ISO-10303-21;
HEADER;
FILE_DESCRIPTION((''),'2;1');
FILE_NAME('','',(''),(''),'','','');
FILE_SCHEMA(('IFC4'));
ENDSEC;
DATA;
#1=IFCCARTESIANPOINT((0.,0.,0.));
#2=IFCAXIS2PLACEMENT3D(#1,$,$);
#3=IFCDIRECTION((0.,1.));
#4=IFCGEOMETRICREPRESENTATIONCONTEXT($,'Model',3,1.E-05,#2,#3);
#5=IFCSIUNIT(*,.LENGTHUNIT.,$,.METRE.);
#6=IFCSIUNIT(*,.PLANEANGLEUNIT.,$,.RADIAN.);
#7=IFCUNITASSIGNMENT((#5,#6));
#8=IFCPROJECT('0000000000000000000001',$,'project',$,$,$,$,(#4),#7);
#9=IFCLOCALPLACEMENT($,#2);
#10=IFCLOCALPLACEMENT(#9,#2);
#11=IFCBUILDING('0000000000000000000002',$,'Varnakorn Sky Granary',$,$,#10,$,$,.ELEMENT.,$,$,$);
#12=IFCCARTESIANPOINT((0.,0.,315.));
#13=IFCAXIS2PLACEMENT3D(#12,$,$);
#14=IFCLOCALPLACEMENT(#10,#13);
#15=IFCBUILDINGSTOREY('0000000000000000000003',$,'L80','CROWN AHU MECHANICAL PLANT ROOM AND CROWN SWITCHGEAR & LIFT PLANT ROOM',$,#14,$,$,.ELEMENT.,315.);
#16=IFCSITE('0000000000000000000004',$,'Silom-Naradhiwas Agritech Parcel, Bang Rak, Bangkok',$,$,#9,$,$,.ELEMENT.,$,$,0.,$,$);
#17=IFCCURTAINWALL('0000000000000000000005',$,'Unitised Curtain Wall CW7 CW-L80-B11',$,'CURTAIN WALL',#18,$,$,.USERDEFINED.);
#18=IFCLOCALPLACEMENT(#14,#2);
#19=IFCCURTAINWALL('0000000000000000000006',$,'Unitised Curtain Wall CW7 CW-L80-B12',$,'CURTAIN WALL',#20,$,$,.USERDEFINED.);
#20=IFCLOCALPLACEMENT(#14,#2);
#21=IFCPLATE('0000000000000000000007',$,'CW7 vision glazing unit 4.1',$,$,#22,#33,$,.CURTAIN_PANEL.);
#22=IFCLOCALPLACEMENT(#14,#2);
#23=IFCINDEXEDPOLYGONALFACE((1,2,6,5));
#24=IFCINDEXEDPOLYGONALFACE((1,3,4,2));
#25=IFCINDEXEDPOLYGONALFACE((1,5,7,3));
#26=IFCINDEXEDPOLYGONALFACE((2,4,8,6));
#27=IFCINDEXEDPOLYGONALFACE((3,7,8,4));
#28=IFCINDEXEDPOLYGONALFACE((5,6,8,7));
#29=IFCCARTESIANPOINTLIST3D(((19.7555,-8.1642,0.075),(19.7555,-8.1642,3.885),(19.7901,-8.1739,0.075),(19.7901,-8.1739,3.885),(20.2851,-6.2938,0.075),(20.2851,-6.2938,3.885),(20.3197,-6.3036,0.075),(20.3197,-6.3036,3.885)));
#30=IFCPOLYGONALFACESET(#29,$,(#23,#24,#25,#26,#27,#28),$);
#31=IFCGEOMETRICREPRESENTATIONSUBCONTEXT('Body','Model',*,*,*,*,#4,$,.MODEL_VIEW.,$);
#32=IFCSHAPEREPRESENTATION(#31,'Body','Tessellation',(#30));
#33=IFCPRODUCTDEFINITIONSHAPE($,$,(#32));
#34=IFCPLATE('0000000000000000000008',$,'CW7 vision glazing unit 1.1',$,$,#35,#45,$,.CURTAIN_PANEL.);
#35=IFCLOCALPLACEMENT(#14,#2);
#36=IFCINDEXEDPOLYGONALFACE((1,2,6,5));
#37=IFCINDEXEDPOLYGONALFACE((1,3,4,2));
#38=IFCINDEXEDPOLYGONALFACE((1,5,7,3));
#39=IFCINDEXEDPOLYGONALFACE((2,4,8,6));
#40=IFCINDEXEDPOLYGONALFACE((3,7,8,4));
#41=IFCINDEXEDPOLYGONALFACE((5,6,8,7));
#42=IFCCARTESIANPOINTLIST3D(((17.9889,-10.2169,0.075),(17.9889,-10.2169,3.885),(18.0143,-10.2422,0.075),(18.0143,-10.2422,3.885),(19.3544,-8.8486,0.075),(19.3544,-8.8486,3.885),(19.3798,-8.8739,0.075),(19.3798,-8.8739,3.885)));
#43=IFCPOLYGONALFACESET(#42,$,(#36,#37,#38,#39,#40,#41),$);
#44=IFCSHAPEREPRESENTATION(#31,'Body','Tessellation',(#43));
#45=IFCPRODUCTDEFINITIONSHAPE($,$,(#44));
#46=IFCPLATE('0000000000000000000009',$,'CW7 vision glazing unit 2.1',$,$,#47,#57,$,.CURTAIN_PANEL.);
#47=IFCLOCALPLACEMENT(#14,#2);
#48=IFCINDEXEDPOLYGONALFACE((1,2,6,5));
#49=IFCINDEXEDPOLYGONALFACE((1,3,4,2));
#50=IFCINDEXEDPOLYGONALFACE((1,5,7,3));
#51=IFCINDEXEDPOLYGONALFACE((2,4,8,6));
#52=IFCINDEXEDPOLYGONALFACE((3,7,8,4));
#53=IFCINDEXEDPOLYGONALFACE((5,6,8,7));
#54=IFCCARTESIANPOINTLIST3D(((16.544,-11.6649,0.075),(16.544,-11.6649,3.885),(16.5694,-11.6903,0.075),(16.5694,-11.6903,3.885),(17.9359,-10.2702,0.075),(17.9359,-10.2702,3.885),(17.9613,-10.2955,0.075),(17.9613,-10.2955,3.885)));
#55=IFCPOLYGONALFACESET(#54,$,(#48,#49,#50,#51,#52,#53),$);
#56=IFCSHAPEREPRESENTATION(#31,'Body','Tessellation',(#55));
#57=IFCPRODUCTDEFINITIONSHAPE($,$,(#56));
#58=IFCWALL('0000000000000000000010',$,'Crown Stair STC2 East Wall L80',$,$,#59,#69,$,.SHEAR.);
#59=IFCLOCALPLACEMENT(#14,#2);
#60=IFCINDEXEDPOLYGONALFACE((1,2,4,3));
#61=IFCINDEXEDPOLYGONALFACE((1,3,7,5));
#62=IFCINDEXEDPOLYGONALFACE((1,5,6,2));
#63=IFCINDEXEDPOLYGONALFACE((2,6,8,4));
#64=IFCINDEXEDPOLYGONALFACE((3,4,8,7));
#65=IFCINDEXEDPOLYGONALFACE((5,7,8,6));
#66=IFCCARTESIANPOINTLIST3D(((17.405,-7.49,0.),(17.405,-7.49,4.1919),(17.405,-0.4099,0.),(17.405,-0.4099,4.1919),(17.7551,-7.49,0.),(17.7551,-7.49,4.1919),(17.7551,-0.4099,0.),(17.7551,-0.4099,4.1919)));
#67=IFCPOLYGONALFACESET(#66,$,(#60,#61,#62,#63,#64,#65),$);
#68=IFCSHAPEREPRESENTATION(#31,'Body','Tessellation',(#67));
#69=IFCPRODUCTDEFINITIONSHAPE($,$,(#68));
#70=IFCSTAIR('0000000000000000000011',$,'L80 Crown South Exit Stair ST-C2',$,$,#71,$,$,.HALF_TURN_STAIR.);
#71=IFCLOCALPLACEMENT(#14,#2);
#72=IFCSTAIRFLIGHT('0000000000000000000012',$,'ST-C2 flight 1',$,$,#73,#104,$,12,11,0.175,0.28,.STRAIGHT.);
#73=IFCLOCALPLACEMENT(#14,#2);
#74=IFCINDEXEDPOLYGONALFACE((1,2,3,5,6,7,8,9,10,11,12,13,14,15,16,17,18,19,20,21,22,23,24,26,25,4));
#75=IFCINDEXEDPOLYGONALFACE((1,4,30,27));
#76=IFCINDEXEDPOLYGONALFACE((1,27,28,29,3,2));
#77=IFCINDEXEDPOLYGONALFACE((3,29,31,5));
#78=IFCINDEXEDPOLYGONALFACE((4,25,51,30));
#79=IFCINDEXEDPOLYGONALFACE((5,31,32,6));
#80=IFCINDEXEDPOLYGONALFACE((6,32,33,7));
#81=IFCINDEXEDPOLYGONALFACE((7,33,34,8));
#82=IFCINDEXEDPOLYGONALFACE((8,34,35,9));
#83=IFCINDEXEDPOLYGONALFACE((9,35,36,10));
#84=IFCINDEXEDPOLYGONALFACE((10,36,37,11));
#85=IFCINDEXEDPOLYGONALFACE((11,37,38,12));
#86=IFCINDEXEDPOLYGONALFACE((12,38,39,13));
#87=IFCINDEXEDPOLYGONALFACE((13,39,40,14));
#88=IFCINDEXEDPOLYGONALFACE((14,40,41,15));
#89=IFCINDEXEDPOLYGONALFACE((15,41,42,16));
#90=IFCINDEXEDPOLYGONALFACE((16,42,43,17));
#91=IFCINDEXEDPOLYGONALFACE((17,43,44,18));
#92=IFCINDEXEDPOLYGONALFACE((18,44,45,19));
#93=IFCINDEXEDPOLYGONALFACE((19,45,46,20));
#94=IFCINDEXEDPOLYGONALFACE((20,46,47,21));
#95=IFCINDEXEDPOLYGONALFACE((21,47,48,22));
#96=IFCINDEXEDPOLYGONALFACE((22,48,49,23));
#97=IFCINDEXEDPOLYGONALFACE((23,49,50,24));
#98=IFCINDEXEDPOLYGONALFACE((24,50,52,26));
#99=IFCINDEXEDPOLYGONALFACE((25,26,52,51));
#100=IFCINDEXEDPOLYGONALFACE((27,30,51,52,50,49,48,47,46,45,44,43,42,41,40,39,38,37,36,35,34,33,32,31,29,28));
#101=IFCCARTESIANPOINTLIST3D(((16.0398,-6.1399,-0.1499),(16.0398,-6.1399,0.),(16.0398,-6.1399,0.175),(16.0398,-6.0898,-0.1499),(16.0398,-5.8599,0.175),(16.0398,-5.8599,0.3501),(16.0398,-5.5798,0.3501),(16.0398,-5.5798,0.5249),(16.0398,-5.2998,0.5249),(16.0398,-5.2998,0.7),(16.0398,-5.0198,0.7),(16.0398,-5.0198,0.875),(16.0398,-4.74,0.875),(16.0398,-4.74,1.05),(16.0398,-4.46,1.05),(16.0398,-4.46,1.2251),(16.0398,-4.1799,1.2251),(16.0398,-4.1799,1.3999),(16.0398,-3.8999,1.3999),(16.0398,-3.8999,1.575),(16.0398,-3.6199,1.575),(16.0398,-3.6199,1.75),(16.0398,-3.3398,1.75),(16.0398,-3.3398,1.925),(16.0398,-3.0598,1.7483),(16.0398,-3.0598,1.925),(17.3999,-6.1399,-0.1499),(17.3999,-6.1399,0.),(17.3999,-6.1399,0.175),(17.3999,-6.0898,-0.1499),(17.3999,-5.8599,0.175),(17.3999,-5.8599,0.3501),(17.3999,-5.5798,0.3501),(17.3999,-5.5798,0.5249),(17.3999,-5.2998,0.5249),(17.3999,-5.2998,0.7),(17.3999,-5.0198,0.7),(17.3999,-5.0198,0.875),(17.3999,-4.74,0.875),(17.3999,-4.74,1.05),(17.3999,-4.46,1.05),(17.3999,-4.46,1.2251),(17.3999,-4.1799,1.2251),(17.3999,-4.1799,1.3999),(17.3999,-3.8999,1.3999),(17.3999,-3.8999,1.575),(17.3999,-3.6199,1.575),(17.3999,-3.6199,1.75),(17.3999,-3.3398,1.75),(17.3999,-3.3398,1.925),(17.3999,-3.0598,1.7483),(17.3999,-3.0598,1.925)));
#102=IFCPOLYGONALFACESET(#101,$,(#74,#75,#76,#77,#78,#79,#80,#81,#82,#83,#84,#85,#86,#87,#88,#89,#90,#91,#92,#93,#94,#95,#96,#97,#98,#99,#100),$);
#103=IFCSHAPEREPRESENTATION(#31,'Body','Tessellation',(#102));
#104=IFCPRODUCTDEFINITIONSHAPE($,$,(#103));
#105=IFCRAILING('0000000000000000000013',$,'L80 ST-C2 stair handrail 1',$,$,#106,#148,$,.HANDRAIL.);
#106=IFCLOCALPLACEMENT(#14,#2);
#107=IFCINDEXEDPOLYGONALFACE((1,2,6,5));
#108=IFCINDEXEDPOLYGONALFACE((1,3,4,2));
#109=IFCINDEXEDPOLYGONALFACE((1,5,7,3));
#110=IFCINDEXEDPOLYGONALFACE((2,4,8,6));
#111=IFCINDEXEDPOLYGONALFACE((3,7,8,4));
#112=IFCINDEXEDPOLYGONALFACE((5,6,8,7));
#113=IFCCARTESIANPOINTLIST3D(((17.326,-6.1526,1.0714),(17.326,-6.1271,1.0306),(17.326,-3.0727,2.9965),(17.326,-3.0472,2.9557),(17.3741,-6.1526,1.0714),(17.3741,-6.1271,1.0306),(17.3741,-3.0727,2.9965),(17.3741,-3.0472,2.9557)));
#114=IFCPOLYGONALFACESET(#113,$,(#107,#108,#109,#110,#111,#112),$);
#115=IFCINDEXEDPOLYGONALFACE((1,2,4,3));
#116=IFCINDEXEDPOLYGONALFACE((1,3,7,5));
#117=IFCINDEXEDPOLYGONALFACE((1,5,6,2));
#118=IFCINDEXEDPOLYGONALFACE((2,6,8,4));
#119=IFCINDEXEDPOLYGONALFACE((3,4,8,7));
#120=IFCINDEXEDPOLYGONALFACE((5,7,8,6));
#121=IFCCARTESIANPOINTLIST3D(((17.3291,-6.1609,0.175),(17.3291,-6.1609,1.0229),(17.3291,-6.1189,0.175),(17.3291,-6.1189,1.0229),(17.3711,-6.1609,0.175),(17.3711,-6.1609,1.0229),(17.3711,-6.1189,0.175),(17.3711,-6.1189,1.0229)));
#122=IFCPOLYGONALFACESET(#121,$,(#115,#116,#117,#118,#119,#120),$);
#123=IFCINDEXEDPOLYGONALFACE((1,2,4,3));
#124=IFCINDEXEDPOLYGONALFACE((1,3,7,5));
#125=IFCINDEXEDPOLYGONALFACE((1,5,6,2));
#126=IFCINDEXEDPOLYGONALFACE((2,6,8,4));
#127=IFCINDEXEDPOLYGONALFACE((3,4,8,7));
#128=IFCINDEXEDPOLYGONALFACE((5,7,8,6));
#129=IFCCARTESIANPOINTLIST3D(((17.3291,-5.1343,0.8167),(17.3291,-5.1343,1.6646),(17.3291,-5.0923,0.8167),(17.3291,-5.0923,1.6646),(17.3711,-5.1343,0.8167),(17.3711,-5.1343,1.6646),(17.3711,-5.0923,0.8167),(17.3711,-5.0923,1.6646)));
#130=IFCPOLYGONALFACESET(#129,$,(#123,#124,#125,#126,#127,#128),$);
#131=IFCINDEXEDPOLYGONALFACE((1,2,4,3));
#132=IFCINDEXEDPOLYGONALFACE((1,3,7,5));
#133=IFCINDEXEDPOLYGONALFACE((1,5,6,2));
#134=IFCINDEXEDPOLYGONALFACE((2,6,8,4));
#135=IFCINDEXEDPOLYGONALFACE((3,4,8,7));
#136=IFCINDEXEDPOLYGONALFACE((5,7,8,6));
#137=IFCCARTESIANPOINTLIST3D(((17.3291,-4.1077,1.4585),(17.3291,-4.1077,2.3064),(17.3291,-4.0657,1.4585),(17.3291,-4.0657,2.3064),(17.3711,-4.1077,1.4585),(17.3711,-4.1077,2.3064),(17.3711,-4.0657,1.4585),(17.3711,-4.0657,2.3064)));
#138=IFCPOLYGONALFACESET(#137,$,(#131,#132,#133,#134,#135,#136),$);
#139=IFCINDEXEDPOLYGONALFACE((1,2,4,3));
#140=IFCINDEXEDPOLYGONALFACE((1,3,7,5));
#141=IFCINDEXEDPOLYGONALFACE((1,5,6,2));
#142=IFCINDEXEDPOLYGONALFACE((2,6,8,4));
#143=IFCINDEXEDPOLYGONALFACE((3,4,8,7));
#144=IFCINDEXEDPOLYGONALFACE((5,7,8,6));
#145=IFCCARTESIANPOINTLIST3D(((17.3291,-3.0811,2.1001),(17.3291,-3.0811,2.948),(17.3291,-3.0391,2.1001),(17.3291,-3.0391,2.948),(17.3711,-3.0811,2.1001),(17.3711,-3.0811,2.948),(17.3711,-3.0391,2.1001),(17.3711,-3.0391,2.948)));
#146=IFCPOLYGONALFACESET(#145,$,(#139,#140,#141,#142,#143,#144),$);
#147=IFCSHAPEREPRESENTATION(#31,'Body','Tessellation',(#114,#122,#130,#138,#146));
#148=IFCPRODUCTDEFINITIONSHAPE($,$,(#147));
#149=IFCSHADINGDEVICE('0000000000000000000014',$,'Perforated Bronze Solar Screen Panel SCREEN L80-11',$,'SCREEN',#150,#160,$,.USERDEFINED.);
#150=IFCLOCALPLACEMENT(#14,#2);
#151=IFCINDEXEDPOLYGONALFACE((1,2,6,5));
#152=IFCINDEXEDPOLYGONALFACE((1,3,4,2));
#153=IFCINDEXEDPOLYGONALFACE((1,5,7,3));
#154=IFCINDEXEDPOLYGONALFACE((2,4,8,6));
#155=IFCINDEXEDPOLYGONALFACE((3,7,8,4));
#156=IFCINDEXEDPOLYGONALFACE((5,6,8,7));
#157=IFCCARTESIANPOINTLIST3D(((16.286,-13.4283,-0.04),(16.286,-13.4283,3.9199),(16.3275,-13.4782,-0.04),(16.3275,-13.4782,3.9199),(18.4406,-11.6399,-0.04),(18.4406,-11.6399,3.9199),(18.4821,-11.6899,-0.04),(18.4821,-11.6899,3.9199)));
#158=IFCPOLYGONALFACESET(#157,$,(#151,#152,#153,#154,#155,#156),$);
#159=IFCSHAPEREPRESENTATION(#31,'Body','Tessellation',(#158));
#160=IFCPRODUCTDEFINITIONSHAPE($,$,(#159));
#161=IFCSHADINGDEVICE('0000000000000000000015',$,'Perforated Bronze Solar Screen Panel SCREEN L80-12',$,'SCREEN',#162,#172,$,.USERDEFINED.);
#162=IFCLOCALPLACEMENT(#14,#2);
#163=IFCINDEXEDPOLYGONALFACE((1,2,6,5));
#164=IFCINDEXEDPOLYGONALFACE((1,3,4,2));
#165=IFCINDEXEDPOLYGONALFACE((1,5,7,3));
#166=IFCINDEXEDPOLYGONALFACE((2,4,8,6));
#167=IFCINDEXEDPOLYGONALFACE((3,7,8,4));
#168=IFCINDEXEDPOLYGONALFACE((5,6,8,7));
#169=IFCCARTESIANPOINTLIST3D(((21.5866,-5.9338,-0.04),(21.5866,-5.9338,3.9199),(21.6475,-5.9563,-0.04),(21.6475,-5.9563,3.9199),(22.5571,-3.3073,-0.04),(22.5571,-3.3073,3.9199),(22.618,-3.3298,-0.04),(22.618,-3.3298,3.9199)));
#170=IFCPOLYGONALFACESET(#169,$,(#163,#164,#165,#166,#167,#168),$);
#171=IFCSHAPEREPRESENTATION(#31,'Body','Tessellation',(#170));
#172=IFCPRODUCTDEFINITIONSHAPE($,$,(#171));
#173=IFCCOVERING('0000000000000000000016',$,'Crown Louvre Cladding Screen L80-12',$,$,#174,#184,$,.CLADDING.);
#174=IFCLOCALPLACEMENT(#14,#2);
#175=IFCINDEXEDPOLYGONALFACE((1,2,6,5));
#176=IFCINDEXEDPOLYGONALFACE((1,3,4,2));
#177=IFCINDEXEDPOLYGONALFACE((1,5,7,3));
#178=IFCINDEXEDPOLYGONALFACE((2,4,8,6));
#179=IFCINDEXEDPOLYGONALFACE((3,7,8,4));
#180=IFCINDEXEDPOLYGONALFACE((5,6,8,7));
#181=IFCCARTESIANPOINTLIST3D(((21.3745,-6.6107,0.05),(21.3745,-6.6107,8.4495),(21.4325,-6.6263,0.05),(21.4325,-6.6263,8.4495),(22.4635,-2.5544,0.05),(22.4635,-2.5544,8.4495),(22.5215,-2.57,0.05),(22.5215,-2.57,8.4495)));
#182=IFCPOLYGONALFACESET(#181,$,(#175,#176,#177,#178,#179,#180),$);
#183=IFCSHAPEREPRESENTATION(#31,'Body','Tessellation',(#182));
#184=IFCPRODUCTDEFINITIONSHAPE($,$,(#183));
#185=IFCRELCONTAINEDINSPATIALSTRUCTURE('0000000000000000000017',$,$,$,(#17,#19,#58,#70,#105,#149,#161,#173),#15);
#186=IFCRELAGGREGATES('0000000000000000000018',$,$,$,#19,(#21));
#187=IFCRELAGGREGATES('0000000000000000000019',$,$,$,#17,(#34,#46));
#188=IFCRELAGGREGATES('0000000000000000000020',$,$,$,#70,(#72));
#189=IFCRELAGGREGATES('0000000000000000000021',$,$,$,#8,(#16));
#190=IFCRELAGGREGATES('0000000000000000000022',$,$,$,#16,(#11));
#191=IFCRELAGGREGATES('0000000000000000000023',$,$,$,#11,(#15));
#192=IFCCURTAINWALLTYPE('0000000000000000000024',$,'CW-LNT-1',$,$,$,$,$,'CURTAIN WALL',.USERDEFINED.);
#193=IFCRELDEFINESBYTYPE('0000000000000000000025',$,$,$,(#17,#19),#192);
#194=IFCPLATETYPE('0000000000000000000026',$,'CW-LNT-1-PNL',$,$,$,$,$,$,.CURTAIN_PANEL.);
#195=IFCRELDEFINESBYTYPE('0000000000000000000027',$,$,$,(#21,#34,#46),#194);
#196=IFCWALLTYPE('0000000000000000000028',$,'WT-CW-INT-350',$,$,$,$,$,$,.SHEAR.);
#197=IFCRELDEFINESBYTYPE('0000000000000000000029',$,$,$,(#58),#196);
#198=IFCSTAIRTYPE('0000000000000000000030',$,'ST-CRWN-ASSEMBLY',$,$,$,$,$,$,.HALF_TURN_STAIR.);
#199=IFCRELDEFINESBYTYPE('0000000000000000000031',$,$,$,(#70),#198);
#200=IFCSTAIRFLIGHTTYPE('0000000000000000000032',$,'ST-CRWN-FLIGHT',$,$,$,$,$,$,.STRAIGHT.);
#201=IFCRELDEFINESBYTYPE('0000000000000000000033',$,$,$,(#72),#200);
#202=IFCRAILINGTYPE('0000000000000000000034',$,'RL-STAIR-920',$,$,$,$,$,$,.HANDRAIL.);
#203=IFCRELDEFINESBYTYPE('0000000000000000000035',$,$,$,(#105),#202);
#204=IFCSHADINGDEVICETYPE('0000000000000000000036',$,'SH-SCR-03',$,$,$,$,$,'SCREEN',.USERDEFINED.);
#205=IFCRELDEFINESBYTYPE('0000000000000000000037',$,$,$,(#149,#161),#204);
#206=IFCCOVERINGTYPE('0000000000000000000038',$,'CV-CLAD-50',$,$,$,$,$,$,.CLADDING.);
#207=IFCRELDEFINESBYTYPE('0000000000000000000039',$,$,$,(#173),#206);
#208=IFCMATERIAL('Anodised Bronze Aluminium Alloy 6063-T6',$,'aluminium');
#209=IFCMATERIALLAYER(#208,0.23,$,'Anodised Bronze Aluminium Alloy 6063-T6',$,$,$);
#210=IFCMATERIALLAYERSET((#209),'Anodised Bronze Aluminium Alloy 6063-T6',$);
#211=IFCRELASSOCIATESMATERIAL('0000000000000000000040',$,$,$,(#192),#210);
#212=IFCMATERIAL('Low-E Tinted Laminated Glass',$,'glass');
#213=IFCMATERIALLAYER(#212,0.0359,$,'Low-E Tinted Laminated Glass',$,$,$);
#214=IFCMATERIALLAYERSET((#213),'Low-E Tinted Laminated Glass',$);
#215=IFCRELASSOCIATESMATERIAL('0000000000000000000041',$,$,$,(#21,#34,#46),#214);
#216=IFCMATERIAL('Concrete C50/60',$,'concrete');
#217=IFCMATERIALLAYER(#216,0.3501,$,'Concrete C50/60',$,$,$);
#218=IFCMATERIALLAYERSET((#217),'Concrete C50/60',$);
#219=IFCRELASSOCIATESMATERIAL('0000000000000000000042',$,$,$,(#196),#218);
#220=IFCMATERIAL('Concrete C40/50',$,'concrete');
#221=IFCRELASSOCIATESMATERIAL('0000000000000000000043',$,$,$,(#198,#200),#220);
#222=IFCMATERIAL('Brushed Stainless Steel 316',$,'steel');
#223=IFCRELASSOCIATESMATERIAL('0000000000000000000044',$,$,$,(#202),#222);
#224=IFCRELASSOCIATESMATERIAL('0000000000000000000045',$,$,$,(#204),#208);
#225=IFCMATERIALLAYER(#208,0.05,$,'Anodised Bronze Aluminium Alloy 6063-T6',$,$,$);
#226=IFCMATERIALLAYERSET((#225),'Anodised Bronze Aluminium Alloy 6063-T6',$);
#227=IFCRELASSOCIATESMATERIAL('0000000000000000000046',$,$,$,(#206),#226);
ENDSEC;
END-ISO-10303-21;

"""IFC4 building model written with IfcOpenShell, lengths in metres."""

from ifc_helpers import new_model, si_unit, direction, frame, frame_2d, origin, origin_2d, place, context, subcontext, project, spatial, polyline, rectangle, outline, extrude, source, transform, mapped, material, layer, layer_set, type_object, type_shapes, element, aggregate, save


model = new_model("IFC4")

# Units and contexts
model_context = context("Model", 3, precision=1e-05, world=origin(), true_north=direction((0.0, 1.0)))
body_context = subcontext(model_context, "Body", "Model", "MODEL_VIEW")
ifc_project = project(units=[si_unit("LENGTHUNIT", "METRE"), si_unit("PLANEANGLEUNIT", "RADIAN")], contexts=[model_context])

# Site, building, storey
site_placement = place(None, origin())
site = spatial("IfcSite", under=ifc_project, at=site_placement, Name="Silom-Naradhiwas Agritech Parcel, Bang Rak, Bangkok", CompositionType="ELEMENT", RefElevation=0.0)
building_placement = place(site_placement, origin())
building = spatial("IfcBuilding", under=site, at=building_placement, Name="Varnakorn Sky Granary", CompositionType="ELEMENT")
storey_placement = place(building_placement, frame((0.0, 0.0, 315.0)))
storey = spatial("IfcBuildingStorey", under=building, at=storey_placement, Name="L80", Description="CROWN AHU MECHANICAL PLANT ROOM AND CROWN SWITCHGEAR & LIFT PLANT ROOM", CompositionType="ELEMENT", Elevation=315.0)

# Curtain walls
ifc_material_1 = material(Name="Anodised Bronze Aluminium Alloy 6063-T6", Category="aluminium")
ifc_layer_1 = layer(ifc_material_1, 0.23, Name="Anodised Bronze Aluminium Alloy 6063-T6")
ifc_layer_set_1 = layer_set([ifc_layer_1], Name="Anodised Bronze Aluminium Alloy 6063-T6")
curtain_wall_type = type_object("IfcCurtainWallType", Name="CW-LNT-1", ElementType="CURTAIN WALL", PredefinedType="USERDEFINED", material=ifc_layer_set_1)
curtain_wall_1_placement = place(storey_placement, origin())
curtain_wall_1 = element("IfcCurtainWall", 1, at=curtain_wall_1_placement, inside=storey, type_object=curtain_wall_type, Name="Unitised Curtain Wall CW7 CW-L80-B11", ObjectType="CURTAIN WALL", PredefinedType="USERDEFINED")
curtain_wall_2_placement = place(storey_placement, origin())
curtain_wall_2 = element("IfcCurtainWall", 2, at=curtain_wall_2_placement, inside=storey, type_object=curtain_wall_type, Name="Unitised Curtain Wall CW7 CW-L80-B12", ObjectType="CURTAIN WALL", PredefinedType="USERDEFINED")

# Plates
ifc_material_2 = material(Name="Low-E Tinted Laminated Glass", Category="glass")
ifc_layer_2 = layer(ifc_material_2, 0.0359, Name="Low-E Tinted Laminated Glass")
ifc_layer_set_2 = layer_set([ifc_layer_2], Name="Low-E Tinted Laminated Glass")
plate_type = type_object("IfcPlateType", Name="CW-LNT-1-PNL", PredefinedType="CURTAIN_PANEL")
shared_shape_1 = source(origin(), body_context, "Body", "SweptSolid", [
    extrude(rectangle(XDim=1.9438, YDim=0.0359, at=origin_2d()), origin(), (0.0, 0.0, 1.0), 3.8101),
])
plate_1_placement = place(storey_placement, frame((20.0376, -7.2339, 0.075), z_axis=(0.0, 0.0, 1.0), x_axis=(-0.272448, -0.96217, 0.0)))
plate_1 = element("IfcPlate", 3, at=plate_1_placement, type_object=plate_type, material=ifc_layer_set_2, Name="CW7 vision glazing unit 4.1", PredefinedType="CURTAIN_PANEL", context=body_context, shape_type="MappedRepresentation", body=[
    mapped(shared_shape_1, transform((0.0, 0.0, 0.0), x_axis=(1.0, 0.0, 0.0), y_axis=(0.0, 1.0, 0.0), z_axis=(0.0, 0.0, 1.0), scale=1.0)),
])
aggregate(curtain_wall_2, [plate_1])
shared_shape_2 = source(origin(), body_context, "Body", "SweptSolid", [
    extrude(rectangle(XDim=1.9331, YDim=0.0359, at=origin_2d()), origin(), (0.0, 0.0, 1.0), 3.8101),
])
plate_2_placement = place(storey_placement, frame((18.6843, -9.5454, 0.075), z_axis=(0.0, 0.0, 1.0), x_axis=(-0.706385, -0.707827, 0.0)))
plate_2 = element("IfcPlate", 4, at=plate_2_placement, type_object=plate_type, material=ifc_layer_set_2, Name="CW7 vision glazing unit 1.1", PredefinedType="CURTAIN_PANEL", context=body_context, shape_type="MappedRepresentation", body=[
    mapped(shared_shape_2, transform((0.0, 0.0, 0.0), x_axis=(1.0, 0.0, 0.0), y_axis=(0.0, 1.0, 0.0), z_axis=(0.0, 0.0, 1.0), scale=1.0)),
])
shared_shape_3 = source(origin(), body_context, "Body", "SweptSolid", [
    extrude(rectangle(XDim=1.9705, YDim=0.0359, at=origin_2d()), origin(), (0.0, 0.0, 1.0), 3.8101),
])
plate_3_placement = place(storey_placement, frame((17.2527, -10.9802, 0.075), z_axis=(0.0, 0.0, 1.0), x_axis=(-0.706385, -0.707827, 0.0)))
plate_3 = element("IfcPlate", 5, at=plate_3_placement, type_object=plate_type, material=ifc_layer_set_2, Name="CW7 vision glazing unit 2.1", PredefinedType="CURTAIN_PANEL", context=body_context, shape_type="MappedRepresentation", body=[
    mapped(shared_shape_3, transform((0.0, 0.0, 0.0), x_axis=(1.0, 0.0, 0.0), y_axis=(0.0, 1.0, 0.0), z_axis=(0.0, 0.0, 1.0), scale=1.0)),
])
aggregate(curtain_wall_1, [plate_2, plate_3])

# Wall
ifc_material_3 = material(Name="Concrete C50/60", Category="concrete")
ifc_layer_3 = layer(ifc_material_3, 0.3501, Name="Concrete C50/60")
ifc_layer_set_3 = layer_set([ifc_layer_3], Name="Concrete C50/60")
wall_type = type_object("IfcWallType", Name="WT-CW-INT-350", PredefinedType="SHEAR", material=ifc_layer_set_3)
wall_placement = place(storey_placement, frame((17.5801, -7.49, 0.0), z_axis=(0.0, 0.0, 1.0), x_axis=(0.0, 1.0, 0.0)))
element("IfcWall", 6, at=wall_placement, inside=storey, type_object=wall_type, Name="Crown Stair STC2 East Wall L80", PredefinedType="SHEAR", context=body_context, shape_type="SweptSolid", body=[
    extrude(rectangle(XDim=7.0801, YDim=0.3501, at=frame_2d((3.54, 0.0))), origin(), (0.0, 0.0, 1.0), 4.1919),
])

# Stair, stair flight
ifc_material_4 = material(Name="Concrete C40/50", Category="concrete")
stair_type = type_object("IfcStairType", Name="ST-CRWN-ASSEMBLY", PredefinedType="HALF_TURN_STAIR", material=ifc_material_4)
stair_placement = place(storey_placement, origin())
stair = element("IfcStair", 7, at=stair_placement, inside=storey, type_object=stair_type, Name="L80 Crown South Exit Stair ST-C2", PredefinedType="HALF_TURN_STAIR")
stair_flight_type = type_object("IfcStairFlightType", Name="ST-CRWN-FLIGHT", PredefinedType="STRAIGHT", material=ifc_material_4)
stair_flight_placement = place(storey_placement, frame((16.72, -6.1399, 0.0), z_axis=(0.0, 0.0, 1.0), x_axis=(0.0, 1.0, 0.0)))
stair_flight = element("IfcStairFlight", 8, at=stair_flight_placement, type_object=stair_flight_type, Name="ST-C2 flight 1", NumberOfRisers=12, NumberOfTreads=11, PredefinedType="STRAIGHT", RiserHeight=0.175, TreadLength=0.28, context=body_context, shape_type="SweptSolid", body=[
    extrude(outline(polyline([(0.0, -0.1499), (0.0, 0.0), (0.0, 0.175), (0.28, 0.175), (0.28, 0.3501), (0.5601, 0.3501), (0.5601, 0.5249), (0.8401, 0.5249), (0.8401, 0.7), (1.1201, 0.7), (1.1201, 0.875), (1.3999, 0.875), (1.3999, 1.05), (1.6799, 1.05), (1.6799, 1.2251), (1.96, 1.2251), (1.96, 1.3999), (2.24, 1.3999), (2.24, 1.575), (2.52, 1.575), (2.52, 1.75), (2.8, 1.75), (2.8, 1.925), (3.0801, 1.925), (3.0801, 2.1001), (3.0801, 1.7483), (0.05, -0.1499), (0.0, -0.1499)])), frame((0.0, 0.6802, 0.0), z_axis=(0.0, -1.0, 0.0), x_axis=(1.0, 0.0, 0.0)), (0.0, 0.0, 1.0), 1.3601),
])
aggregate(stair, [stair_flight])

# Railing
ifc_material_5 = material(Name="Brushed Stainless Steel 316", Category="steel")
railing_type_1 = type_object("IfcRailingType", Name="RL-STAIR-920", PredefinedType="HANDRAIL", material=ifc_material_5)
railing_1_placement = place(storey_placement, frame((17.3501, -6.1399, 0.175)))
element("IfcRailing", 9, at=railing_1_placement, inside=storey, type_object=railing_type_1, Name="L80 ST-C2 stair handrail 1", PredefinedType="HANDRAIL", context=body_context, shape_type="SweptSolid", body=[
    extrude(rectangle(XDim=0.0481, YDim=0.0481, at=origin_2d()), frame((0.0, 0.0, 0.876), z_axis=(0.0, 0.847979, 0.530029), x_axis=(-1.0, 0.0, 0.0)), (0.0, 0.0, 1.0), 3.6321),
    extrude(rectangle(XDim=0.042, YDim=0.042, at=origin_2d()), origin(), (0.0, 0.0, 1.0), 0.8479),
    extrude(rectangle(XDim=0.042, YDim=0.042, at=origin_2d()), frame((0.0, 1.0266, 0.6416)), (0.0, 0.0, 1.0), 0.8479),
    extrude(rectangle(XDim=0.042, YDim=0.042, at=origin_2d()), frame((0.0, 2.0532, 1.2834)), (0.0, 0.0, 1.0), 0.8479),
    extrude(rectangle(XDim=0.042, YDim=0.042, at=origin_2d()), frame((0.0, 3.0798, 1.925)), (0.0, 0.0, 1.0), 0.8479),
])

# Shading devices
shading_device_type = type_object("IfcShadingDeviceType", Name="SH-SCR-03", ElementType="SCREEN", PredefinedType="USERDEFINED", material=ifc_material_1)
shared_shape_4 = source(origin(), body_context, "Body", "SweptSolid", [
    extrude(rectangle(XDim=2.8, YDim=0.0649, at=origin_2d()), origin(), (0.0, 0.0, 1.0), 3.96),
])
type_shapes(shading_device_type, [shared_shape_4])
for number, where, z_axis, x_axis, name in (
    (10, (17.384, -12.5591, -0.04), (0.0, 0.0, 1.0), (0.76948, 0.638672, 0.0), "Perforated Bronze Solar Screen Panel SCREEN L80-11"),
    (11, (22.1023, -4.6318, -0.04), (0.0, 0.0, 1.0), (0.346582, 0.93802, 0.0), "Perforated Bronze Solar Screen Panel SCREEN L80-12"),
):
    element("IfcShadingDevice", number, at=place(storey_placement, frame(where, z_axis=z_axis, x_axis=x_axis)), inside=storey, type_object=shading_device_type, Name=name, ObjectType="SCREEN", PredefinedType="USERDEFINED", context=body_context, shape_type="MappedRepresentation", body=[
        mapped(shared_shape_4, transform((0.0, 0.0, 0.0), x_axis=(1.0, 0.0, 0.0), y_axis=(0.0, 1.0, 0.0), z_axis=(0.0, 0.0, 1.0), scale=1.0)),
    ])

# Covering
ifc_layer_4 = layer(ifc_material_1, 0.05, Name="Anodised Bronze Aluminium Alloy 6063-T6")
ifc_layer_set_4 = layer_set([ifc_layer_4], Name="Anodised Bronze Aluminium Alloy 6063-T6")
covering_type = type_object("IfcCoveringType", Name="CV-CLAD-50", PredefinedType="CLADDING", material=ifc_layer_set_4)
shared_shape_5 = source(origin(), body_context, "Body", "SweptSolid", [
    extrude(rectangle(XDim=4.2, YDim=0.0601, at=origin_2d()), origin(), (0.0, 0.0, 1.0), 8.3994),
])
covering_1_placement = place(storey_placement, frame((21.948, -4.5903, 0.05), z_axis=(0.0, 0.0, 1.0), x_axis=(0.259298, 0.965797, 0.0)))
element("IfcCovering", 12, at=covering_1_placement, inside=storey, type_object=covering_type, Name="Crown Louvre Cladding Screen L80-12", PredefinedType="CLADDING", context=body_context, shape_type="MappedRepresentation", body=[
    mapped(shared_shape_5, transform((0.0, 0.0, 0.0), x_axis=(1.0, 0.0, 0.0), y_axis=(0.0, 1.0, 0.0), z_axis=(0.0, 0.0, 1.0), scale=1.0)),
])

save(model, "model.ifc")
